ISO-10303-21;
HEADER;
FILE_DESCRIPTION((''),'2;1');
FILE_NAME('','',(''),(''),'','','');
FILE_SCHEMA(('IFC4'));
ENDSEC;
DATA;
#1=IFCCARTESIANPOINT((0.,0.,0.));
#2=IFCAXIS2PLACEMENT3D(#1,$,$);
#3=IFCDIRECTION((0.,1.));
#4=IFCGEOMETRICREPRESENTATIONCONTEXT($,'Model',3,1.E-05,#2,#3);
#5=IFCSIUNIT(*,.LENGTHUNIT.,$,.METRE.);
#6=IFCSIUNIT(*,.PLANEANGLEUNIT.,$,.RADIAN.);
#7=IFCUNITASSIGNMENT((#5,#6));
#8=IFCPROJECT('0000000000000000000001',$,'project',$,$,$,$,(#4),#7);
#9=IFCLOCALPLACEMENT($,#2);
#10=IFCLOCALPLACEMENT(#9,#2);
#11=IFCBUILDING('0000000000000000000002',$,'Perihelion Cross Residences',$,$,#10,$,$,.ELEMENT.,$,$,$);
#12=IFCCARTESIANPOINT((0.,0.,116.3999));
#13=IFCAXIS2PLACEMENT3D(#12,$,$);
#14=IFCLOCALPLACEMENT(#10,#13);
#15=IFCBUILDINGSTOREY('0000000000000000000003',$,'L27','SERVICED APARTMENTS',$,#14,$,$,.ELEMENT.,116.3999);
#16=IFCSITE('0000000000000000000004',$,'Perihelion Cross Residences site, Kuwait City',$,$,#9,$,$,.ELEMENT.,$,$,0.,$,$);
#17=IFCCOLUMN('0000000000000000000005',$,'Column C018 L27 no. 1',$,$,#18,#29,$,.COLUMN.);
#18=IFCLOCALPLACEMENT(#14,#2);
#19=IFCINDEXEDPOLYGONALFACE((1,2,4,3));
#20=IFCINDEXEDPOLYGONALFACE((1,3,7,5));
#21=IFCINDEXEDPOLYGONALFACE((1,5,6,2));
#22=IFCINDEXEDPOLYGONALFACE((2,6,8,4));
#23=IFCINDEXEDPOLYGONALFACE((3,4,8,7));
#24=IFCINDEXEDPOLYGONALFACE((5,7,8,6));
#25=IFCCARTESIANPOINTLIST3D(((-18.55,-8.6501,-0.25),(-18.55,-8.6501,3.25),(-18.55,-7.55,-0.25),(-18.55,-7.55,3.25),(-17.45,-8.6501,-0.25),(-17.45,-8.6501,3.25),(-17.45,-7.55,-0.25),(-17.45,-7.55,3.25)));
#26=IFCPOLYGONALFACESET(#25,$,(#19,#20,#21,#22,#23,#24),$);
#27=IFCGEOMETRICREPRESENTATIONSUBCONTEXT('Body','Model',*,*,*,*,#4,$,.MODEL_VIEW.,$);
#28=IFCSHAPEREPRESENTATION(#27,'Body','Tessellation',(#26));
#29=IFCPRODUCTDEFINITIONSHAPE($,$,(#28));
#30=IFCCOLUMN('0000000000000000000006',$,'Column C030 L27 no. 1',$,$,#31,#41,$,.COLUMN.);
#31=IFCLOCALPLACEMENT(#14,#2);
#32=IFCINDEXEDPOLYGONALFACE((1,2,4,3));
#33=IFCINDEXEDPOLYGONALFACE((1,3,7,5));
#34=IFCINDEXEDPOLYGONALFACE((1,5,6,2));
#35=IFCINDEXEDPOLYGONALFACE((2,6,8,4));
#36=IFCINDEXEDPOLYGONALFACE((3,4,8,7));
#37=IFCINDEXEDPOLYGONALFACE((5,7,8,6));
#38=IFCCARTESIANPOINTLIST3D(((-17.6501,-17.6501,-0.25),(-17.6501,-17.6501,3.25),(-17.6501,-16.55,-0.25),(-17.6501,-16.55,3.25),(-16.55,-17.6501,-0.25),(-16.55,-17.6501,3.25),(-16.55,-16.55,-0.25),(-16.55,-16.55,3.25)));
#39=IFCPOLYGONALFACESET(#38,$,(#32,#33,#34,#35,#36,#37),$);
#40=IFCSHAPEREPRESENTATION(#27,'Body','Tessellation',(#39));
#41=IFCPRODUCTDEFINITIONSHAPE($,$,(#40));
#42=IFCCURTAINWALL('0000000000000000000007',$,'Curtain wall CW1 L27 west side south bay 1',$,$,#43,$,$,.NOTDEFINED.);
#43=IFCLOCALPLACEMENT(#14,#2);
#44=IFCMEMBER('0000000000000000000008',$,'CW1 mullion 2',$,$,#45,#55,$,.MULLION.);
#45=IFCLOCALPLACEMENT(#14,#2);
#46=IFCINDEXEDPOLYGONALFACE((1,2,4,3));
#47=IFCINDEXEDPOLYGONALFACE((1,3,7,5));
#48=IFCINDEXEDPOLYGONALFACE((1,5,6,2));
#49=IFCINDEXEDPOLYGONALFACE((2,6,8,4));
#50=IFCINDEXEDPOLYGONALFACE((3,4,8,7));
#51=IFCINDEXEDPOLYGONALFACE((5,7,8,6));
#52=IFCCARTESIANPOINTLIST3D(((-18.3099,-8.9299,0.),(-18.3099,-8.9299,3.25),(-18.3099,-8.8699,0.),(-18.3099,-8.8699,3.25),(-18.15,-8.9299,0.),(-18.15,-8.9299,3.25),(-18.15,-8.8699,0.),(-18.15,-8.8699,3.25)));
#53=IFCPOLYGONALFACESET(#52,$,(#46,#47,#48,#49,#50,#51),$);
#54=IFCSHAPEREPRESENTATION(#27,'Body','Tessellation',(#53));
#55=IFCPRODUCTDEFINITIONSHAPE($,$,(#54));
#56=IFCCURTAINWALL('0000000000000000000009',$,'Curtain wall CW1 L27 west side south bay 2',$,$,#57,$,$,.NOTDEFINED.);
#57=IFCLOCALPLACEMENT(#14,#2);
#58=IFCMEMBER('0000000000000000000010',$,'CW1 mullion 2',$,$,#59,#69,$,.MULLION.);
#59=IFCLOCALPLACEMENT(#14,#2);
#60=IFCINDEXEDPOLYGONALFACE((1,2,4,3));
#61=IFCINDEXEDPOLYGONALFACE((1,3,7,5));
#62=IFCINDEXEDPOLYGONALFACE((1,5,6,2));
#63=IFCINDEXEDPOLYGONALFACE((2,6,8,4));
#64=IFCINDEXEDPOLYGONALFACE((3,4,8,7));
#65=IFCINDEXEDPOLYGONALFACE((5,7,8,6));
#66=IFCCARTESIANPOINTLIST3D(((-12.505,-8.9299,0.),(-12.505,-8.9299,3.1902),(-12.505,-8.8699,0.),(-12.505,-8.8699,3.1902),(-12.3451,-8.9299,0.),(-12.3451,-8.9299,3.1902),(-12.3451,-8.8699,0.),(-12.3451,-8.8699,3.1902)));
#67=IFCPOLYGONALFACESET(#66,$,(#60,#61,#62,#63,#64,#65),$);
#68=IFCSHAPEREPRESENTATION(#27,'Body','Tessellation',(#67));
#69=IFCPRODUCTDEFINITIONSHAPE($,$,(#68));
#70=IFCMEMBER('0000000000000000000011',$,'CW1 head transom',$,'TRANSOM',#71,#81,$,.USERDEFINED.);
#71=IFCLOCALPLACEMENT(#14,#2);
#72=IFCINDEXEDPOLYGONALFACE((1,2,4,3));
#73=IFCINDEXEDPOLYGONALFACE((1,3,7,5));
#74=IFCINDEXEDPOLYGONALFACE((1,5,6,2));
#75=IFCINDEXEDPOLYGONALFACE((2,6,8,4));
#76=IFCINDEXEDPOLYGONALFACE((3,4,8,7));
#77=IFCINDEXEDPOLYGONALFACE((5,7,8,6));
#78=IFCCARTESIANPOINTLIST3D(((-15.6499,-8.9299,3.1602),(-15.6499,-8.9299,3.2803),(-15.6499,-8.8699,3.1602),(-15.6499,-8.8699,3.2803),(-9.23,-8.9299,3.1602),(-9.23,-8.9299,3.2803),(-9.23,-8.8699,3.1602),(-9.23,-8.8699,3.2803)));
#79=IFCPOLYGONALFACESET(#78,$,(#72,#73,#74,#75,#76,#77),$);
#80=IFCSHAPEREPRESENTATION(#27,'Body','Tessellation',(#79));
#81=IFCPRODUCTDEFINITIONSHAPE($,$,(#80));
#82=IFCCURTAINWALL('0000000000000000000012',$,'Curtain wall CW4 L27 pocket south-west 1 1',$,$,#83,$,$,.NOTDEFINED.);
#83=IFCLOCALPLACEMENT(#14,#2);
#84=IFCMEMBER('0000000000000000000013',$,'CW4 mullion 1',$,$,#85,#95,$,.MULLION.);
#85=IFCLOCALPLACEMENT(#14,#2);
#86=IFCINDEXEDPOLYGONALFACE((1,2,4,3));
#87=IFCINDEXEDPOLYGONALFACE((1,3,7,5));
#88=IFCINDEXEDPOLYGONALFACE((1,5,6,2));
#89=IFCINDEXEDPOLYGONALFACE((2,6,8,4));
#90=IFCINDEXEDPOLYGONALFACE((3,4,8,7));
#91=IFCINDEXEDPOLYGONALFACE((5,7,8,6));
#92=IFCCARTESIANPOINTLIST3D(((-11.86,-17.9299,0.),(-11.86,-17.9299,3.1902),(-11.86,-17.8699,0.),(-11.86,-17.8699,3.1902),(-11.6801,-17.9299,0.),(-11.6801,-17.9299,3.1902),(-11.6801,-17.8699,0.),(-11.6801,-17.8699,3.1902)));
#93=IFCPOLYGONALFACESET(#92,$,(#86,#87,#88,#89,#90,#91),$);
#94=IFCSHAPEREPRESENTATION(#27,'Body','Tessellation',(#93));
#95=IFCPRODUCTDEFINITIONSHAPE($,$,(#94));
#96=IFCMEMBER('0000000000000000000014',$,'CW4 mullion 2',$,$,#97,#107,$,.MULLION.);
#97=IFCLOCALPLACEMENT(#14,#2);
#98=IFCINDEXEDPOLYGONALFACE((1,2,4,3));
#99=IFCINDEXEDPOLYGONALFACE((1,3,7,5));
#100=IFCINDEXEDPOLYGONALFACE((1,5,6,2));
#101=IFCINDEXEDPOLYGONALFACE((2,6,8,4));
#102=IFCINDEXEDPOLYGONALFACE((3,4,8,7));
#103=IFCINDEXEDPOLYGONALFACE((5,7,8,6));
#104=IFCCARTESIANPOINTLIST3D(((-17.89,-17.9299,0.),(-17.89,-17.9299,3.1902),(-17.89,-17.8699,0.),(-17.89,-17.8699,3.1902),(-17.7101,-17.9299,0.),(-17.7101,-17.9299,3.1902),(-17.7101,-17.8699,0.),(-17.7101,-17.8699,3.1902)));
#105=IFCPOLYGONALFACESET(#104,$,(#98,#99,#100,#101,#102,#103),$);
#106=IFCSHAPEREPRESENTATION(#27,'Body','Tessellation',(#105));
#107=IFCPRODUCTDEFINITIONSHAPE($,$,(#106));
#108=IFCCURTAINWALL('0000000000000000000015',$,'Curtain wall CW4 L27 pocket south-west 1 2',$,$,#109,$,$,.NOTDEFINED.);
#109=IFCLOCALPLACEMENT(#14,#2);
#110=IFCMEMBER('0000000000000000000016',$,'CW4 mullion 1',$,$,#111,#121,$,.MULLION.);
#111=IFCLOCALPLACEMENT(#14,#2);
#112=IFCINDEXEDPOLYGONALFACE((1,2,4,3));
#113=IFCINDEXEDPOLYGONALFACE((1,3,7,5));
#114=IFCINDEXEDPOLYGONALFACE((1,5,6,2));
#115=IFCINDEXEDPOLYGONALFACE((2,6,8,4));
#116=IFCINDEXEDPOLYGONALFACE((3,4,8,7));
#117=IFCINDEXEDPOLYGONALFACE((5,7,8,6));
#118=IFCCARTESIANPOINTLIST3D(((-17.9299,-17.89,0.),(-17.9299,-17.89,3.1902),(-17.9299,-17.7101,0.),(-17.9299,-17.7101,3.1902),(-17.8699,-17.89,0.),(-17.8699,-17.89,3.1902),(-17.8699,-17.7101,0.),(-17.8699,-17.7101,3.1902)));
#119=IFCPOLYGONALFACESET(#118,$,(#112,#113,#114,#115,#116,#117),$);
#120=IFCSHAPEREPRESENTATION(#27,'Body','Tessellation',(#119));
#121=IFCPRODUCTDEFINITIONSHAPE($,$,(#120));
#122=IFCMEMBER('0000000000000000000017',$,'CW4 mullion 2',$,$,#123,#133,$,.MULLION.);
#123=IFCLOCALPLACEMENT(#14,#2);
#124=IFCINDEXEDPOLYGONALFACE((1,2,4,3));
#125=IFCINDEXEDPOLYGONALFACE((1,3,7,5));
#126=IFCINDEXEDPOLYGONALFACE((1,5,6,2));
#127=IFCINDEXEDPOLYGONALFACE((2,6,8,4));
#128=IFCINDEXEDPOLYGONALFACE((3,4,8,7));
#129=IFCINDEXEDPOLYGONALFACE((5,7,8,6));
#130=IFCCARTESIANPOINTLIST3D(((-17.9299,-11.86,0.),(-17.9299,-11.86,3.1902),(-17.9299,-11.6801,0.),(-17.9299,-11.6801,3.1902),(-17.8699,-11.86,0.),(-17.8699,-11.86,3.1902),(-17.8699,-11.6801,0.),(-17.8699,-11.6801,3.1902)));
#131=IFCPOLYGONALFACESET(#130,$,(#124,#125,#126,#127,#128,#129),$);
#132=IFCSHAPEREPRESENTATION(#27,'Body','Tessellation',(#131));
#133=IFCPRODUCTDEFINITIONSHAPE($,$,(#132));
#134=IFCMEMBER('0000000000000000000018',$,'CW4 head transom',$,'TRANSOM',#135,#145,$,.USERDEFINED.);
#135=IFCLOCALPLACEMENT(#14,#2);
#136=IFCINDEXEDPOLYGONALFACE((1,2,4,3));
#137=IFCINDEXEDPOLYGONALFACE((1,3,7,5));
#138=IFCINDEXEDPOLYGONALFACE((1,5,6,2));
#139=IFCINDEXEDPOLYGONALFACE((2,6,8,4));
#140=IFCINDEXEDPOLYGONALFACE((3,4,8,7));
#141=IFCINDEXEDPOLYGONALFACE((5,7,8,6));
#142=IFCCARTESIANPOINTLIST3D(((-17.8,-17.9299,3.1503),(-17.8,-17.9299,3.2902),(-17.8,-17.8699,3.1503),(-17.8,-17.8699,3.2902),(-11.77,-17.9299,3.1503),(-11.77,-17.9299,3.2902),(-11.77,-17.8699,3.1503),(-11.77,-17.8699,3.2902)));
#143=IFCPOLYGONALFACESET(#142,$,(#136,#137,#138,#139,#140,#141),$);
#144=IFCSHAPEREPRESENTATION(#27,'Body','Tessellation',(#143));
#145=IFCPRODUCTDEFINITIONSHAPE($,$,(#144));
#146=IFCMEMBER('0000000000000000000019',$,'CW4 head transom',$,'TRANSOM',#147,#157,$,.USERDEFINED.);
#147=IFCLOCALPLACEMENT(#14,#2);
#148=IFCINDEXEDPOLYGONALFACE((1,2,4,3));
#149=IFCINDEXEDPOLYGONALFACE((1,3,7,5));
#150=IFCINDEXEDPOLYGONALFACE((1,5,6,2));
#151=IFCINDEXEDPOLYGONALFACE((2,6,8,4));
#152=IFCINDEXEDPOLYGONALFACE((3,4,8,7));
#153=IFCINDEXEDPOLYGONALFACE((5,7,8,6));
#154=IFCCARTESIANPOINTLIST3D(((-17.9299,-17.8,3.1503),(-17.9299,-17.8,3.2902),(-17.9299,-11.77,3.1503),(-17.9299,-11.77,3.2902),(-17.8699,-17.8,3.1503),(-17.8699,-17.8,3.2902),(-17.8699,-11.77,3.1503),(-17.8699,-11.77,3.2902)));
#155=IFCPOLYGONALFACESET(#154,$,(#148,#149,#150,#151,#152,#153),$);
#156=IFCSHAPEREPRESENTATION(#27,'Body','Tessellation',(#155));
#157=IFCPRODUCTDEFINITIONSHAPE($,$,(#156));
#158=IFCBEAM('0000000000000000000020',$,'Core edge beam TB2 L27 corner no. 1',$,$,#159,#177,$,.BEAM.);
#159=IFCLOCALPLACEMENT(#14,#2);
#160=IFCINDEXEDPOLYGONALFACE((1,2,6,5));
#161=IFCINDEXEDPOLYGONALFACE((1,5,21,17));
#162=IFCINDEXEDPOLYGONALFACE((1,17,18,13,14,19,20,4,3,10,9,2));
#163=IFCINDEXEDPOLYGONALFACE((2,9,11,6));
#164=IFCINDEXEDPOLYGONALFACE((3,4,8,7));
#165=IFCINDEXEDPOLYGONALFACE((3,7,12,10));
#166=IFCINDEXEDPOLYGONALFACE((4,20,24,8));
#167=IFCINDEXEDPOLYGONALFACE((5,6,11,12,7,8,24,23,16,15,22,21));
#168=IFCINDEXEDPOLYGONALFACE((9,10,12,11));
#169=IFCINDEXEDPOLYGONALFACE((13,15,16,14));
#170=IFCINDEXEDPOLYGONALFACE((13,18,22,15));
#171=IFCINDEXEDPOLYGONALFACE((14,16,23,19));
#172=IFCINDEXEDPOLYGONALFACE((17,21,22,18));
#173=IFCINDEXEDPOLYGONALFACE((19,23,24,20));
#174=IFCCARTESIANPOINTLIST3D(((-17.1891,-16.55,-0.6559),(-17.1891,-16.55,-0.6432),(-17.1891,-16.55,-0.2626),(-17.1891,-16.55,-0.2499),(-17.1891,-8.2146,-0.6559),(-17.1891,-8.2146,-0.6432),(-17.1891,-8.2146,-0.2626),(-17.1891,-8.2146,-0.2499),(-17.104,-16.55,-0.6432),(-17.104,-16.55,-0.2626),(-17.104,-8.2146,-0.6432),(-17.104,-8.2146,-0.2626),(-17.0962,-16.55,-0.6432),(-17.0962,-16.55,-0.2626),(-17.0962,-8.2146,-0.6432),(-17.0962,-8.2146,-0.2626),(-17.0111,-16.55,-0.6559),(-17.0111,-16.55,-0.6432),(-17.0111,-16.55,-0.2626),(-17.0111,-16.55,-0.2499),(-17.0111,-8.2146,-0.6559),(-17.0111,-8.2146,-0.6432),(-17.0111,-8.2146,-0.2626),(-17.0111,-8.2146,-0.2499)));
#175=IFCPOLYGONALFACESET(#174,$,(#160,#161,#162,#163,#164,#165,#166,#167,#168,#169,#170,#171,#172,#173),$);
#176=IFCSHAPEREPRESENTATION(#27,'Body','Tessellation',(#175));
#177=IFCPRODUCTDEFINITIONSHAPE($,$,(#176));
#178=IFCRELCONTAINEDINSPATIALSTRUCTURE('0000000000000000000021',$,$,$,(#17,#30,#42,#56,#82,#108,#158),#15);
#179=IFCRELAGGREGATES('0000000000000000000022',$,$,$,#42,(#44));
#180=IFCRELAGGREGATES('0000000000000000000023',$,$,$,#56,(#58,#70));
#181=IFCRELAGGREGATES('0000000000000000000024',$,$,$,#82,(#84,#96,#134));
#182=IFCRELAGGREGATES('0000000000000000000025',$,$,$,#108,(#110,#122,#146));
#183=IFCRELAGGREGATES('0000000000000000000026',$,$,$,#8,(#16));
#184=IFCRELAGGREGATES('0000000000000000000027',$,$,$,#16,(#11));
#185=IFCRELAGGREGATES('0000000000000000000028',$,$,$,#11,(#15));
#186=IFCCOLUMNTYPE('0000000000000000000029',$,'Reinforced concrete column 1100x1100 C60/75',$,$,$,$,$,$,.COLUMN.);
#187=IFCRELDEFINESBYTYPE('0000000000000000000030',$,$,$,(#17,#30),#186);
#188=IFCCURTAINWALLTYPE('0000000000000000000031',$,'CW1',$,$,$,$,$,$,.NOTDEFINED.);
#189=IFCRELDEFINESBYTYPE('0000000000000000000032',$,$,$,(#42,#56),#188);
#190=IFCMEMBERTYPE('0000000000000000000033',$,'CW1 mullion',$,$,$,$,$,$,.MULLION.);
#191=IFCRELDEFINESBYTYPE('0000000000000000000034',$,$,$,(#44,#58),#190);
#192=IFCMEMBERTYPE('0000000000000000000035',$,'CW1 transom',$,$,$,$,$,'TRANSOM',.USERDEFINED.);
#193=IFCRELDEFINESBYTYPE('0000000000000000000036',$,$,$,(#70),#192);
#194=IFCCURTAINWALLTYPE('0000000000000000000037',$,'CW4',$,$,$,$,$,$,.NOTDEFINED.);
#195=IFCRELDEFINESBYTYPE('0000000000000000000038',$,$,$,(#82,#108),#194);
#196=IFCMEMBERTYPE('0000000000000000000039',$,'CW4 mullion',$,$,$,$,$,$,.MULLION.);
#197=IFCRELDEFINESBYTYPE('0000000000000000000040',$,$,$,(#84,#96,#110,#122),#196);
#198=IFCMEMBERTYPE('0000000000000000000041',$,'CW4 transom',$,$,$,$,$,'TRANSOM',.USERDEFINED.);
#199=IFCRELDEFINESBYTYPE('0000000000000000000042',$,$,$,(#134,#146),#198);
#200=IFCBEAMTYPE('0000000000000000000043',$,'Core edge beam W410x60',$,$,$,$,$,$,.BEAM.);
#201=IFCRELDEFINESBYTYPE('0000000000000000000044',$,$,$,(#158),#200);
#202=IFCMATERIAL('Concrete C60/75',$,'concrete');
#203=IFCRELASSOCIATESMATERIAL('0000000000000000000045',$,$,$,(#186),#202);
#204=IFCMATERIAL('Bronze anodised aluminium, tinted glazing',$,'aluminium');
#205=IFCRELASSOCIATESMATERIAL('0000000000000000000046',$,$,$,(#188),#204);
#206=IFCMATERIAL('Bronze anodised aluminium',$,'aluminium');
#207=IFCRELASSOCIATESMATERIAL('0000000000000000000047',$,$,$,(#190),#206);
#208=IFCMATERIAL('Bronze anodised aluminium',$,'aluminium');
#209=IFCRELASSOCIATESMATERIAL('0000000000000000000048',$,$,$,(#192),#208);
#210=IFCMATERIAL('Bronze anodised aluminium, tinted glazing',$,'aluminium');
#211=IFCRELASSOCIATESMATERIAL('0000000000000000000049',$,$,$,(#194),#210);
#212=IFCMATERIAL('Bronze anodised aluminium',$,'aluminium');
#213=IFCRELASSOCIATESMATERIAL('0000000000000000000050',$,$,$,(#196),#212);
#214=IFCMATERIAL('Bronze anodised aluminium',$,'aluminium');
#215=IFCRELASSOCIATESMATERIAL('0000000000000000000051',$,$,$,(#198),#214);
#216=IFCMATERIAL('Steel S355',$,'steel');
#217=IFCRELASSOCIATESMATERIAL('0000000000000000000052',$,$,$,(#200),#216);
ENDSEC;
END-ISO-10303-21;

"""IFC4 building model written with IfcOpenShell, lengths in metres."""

from ifc_helpers import new_model, si_unit, direction, frame, origin, origin_2d, place, context, subcontext, project, spatial, rectangle, i_section, extrude, material, material_profile, profile_set, type_object, element, aggregate, save


model = new_model("IFC4")

# Units and contexts
model_context = context("Model", 3, precision=1e-05, world=origin(), true_north=direction((0.0, 1.0)))
body_context = subcontext(model_context, "Body", "Model", "MODEL_VIEW")
ifc_project = project(units=[si_unit("LENGTHUNIT", "METRE"), si_unit("PLANEANGLEUNIT", "RADIAN")], contexts=[model_context])

# Site, building, storey
site_placement = place(None, origin())
site = spatial("IfcSite", under=ifc_project, at=site_placement, Name="Perihelion Cross Residences site, Kuwait City", CompositionType="ELEMENT", RefElevation=0.0)
building_placement = place(site_placement, origin())
building = spatial("IfcBuilding", under=site, at=building_placement, Name="Perihelion Cross Residences", CompositionType="ELEMENT")
storey_placement = place(building_placement, frame((0.0, 0.0, 116.3999)))
storey = spatial("IfcBuildingStorey", under=building, at=storey_placement, Name="L27", Description="SERVICED APARTMENTS", CompositionType="ELEMENT", Elevation=116.3999)

# Columns
ifc_material_1 = material(Name="Concrete C60/75", Category="concrete")
ifc_material_profile_1 = material_profile(ifc_material_1, rectangle(XDim=1.1001, YDim=1.1001, at=origin_2d()), Name="RC 1100x1100")
ifc_profile_set_1 = profile_set([ifc_material_profile_1], Name="Concrete C60/75")
column_type = type_object("IfcColumnType", Name="Reinforced concrete column 1100x1100 C60/75", PredefinedType="COLUMN", material=ifc_profile_set_1)
for number, where, z_axis, x_axis, name in (
    (1, (-18.0, -8.1001, -0.25), (0.0, 0.0, 1.0), (1.0, 0.0, 0.0), "Column C018 L27 no. 1"),
    (2, (-17.1001, -17.1001, -0.25), (0.0, 0.0, 1.0), (1.0, 0.0, 0.0), "Column C030 L27 no. 1"),
):
    element("IfcColumn", number, at=place(storey_placement, frame(where, z_axis=z_axis, x_axis=x_axis)), inside=storey, type_object=column_type, Name=name, PredefinedType="COLUMN", context=body_context, shape_type="SweptSolid", body=[
        extrude(rectangle(XDim=1.1001, YDim=1.1001, at=origin_2d()), origin(), (0.0, 0.0, 1.0), 3.5),
    ])

# Curtain wall, member
ifc_material_2 = material(Name="Bronze anodised aluminium, tinted glazing", Category="aluminium")
curtain_wall_type_1 = type_object("IfcCurtainWallType", Name="CW1", PredefinedType="NOTDEFINED", material=ifc_material_2)
curtain_wall_1_placement = place(storey_placement, origin())
curtain_wall_1 = element("IfcCurtainWall", 3, at=curtain_wall_1_placement, inside=storey, type_object=curtain_wall_type_1, Name="Curtain wall CW1 L27 west side south bay 1", PredefinedType="NOTDEFINED")
ifc_material_3 = material(Name="Bronze anodised aluminium", Category="aluminium")
ifc_material_profile_2 = material_profile(ifc_material_3, rectangle(XDim=0.0601, YDim=0.1599, at=origin_2d()), Name="CW1 mullion")
ifc_profile_set_2 = profile_set([ifc_material_profile_2], Name="Bronze anodised aluminium")
member_type_1 = type_object("IfcMemberType", Name="CW1 mullion", PredefinedType="MULLION", material=ifc_profile_set_2)
member_1_placement = place(storey_placement, frame((-18.23, -8.8999, 0.0), z_axis=(0.0, 0.0, 1.0), x_axis=(0.0, 1.0, 0.0)))
member_1 = element("IfcMember", 4, at=member_1_placement, type_object=member_type_1, Name="CW1 mullion 2", PredefinedType="MULLION", context=body_context, shape_type="SweptSolid", body=[
    extrude(rectangle(XDim=0.0601, YDim=0.1599, at=origin_2d()), origin(), (0.0, 0.0, 1.0), 3.25),
])
aggregate(curtain_wall_1, [member_1])

# Curtain walls, members
curtain_wall_2_placement = place(storey_placement, origin())
curtain_wall_2 = element("IfcCurtainWall", 5, at=curtain_wall_2_placement, inside=storey, type_object=curtain_wall_type_1, Name="Curtain wall CW1 L27 west side south bay 2", PredefinedType="NOTDEFINED")
member_2_placement = place(storey_placement, frame((-12.425, -8.8999, 0.0), z_axis=(0.0, 0.0, 1.0), x_axis=(0.0, 1.0, 0.0)))
member_2 = element("IfcMember", 6, at=member_2_placement, type_object=member_type_1, Name="CW1 mullion 2", PredefinedType="MULLION", context=body_context, shape_type="SweptSolid", body=[
    extrude(rectangle(XDim=0.0601, YDim=0.1599, at=origin_2d()), origin(), (0.0, 0.0, 1.0), 3.1902),
])
ifc_material_4 = material(Name="Bronze anodised aluminium", Category="aluminium")
ifc_material_profile_3 = material_profile(ifc_material_4, rectangle(XDim=0.0601, YDim=0.1201, at=origin_2d()), Name="CW1 transom")
ifc_profile_set_3 = profile_set([ifc_material_profile_3], Name="Bronze anodised aluminium")
member_type_2 = type_object("IfcMemberType", Name="CW1 transom", ElementType="TRANSOM", PredefinedType="USERDEFINED", material=ifc_profile_set_3)
member_3_placement = place(storey_placement, frame((-15.6499, -8.8999, 3.2202), z_axis=(1.0, 0.0, 0.0), x_axis=(0.0, 1.0, 0.0)))
member_3 = element("IfcMember", 7, at=member_3_placement, type_object=member_type_2, Name="CW1 head transom", ObjectType="TRANSOM", PredefinedType="USERDEFINED", context=body_context, shape_type="SweptSolid", body=[
    extrude(rectangle(XDim=0.0601, YDim=0.1201, at=origin_2d()), origin(), (0.0, 0.0, 1.0), 6.4199),
])
ifc_material_5 = material(Name="Bronze anodised aluminium, tinted glazing", Category="aluminium")
curtain_wall_type_2 = type_object("IfcCurtainWallType", Name="CW4", PredefinedType="NOTDEFINED", material=ifc_material_5)
curtain_wall_3_placement = place(storey_placement, origin())
curtain_wall_3 = element("IfcCurtainWall", 8, at=curtain_wall_3_placement, inside=storey, type_object=curtain_wall_type_2, Name="Curtain wall CW4 L27 pocket south-west 1 1", PredefinedType="NOTDEFINED")
ifc_material_6 = material(Name="Bronze anodised aluminium", Category="aluminium")
ifc_material_profile_4 = material_profile(ifc_material_6, rectangle(XDim=0.0601, YDim=0.1799, at=origin_2d()), Name="CW4 mullion")
ifc_profile_set_4 = profile_set([ifc_material_profile_4], Name="Bronze anodised aluminium")
member_type_3 = type_object("IfcMemberType", Name="CW4 mullion", PredefinedType="MULLION", material=ifc_profile_set_4)
member_4_placement = place(storey_placement, frame((-11.77, -17.8999, 0.0), z_axis=(0.0, 0.0, 1.0), x_axis=(0.0, -1.0, 0.0)))
member_4 = element("IfcMember", 9, at=member_4_placement, type_object=member_type_3, Name="CW4 mullion 1", PredefinedType="MULLION", context=body_context, shape_type="SweptSolid", body=[
    extrude(rectangle(XDim=0.0601, YDim=0.1799, at=origin_2d()), origin(), (0.0, 0.0, 1.0), 3.1902),
])
member_5_placement = place(storey_placement, frame((-17.8, -17.8999, 0.0), z_axis=(0.0, 0.0, 1.0), x_axis=(0.0, -1.0, 0.0)))
member_5 = element("IfcMember", 10, at=member_5_placement, type_object=member_type_3, Name="CW4 mullion 2", PredefinedType="MULLION", context=body_context, shape_type="SweptSolid", body=[
    extrude(rectangle(XDim=0.0601, YDim=0.1799, at=origin_2d()), origin(), (0.0, 0.0, 1.0), 3.1902),
])
curtain_wall_4_placement = place(storey_placement, origin())
curtain_wall_4 = element("IfcCurtainWall", 11, at=curtain_wall_4_placement, inside=storey, type_object=curtain_wall_type_2, Name="Curtain wall CW4 L27 pocket south-west 1 2", PredefinedType="NOTDEFINED")
member_6_placement = place(storey_placement, frame((-17.8999, -17.8, 0.0), z_axis=(0.0, 0.0, 1.0), x_axis=(-1.0, 0.0, 0.0)))
member_6 = element("IfcMember", 12, at=member_6_placement, type_object=member_type_3, Name="CW4 mullion 1", PredefinedType="MULLION", context=body_context, shape_type="SweptSolid", body=[
    extrude(rectangle(XDim=0.0601, YDim=0.1799, at=origin_2d()), origin(), (0.0, 0.0, 1.0), 3.1902),
])
member_7_placement = place(storey_placement, frame((-17.8999, -11.77, 0.0), z_axis=(0.0, 0.0, 1.0), x_axis=(-1.0, 0.0, 0.0)))
member_7 = element("IfcMember", 13, at=member_7_placement, type_object=member_type_3, Name="CW4 mullion 2", PredefinedType="MULLION", context=body_context, shape_type="SweptSolid", body=[
    extrude(rectangle(XDim=0.0601, YDim=0.1799, at=origin_2d()), origin(), (0.0, 0.0, 1.0), 3.1902),
])

# Members
ifc_material_7 = material(Name="Bronze anodised aluminium", Category="aluminium")
ifc_material_profile_5 = material_profile(ifc_material_7, rectangle(XDim=0.0601, YDim=0.1399, at=origin_2d()), Name="CW4 transom")
ifc_profile_set_5 = profile_set([ifc_material_profile_5], Name="Bronze anodised aluminium")
member_type_4 = type_object("IfcMemberType", Name="CW4 transom", ElementType="TRANSOM", PredefinedType="USERDEFINED", material=ifc_profile_set_5)
member_8_placement = place(storey_placement, frame((-11.77, -17.8999, 3.2202), z_axis=(-1.0, 0.0, 0.0), x_axis=(0.0, -1.0, 0.0)))
member_8 = element("IfcMember", 14, at=member_8_placement, type_object=member_type_4, Name="CW4 head transom", ObjectType="TRANSOM", PredefinedType="USERDEFINED", context=body_context, shape_type="SweptSolid", body=[
    extrude(rectangle(XDim=0.0601, YDim=0.1399, at=origin_2d()), origin(), (0.0, 0.0, 1.0), 6.03),
])
member_9_placement = place(storey_placement, frame((-17.8999, -17.8, 3.2202), z_axis=(0.0, 1.0, 0.0), x_axis=(-1.0, 0.0, 0.0)))
member_9 = element("IfcMember", 15, at=member_9_placement, type_object=member_type_4, Name="CW4 head transom", ObjectType="TRANSOM", PredefinedType="USERDEFINED", context=body_context, shape_type="SweptSolid", body=[
    extrude(rectangle(XDim=0.0601, YDim=0.1399, at=origin_2d()), origin(), (0.0, 0.0, 1.0), 6.03),
])

# Beam
ifc_material_8 = material(Name="Steel S355", Category="steel")
ifc_material_profile_6 = material_profile(ifc_material_8, i_section(OverallWidth=0.178, OverallDepth=0.406, WebThickness=0.0078, FlangeThickness=0.0127, at=origin_2d()), Name="W410x60")
ifc_profile_set_6 = profile_set([ifc_material_profile_6], Name="Steel S355")
beam_type_1 = type_object("IfcBeamType", Name="Core edge beam W410x60", PredefinedType="BEAM", material=ifc_profile_set_6)
beam_1_placement = place(storey_placement, frame((-17.1001, -8.2146, -0.4529), z_axis=(0.0, -1.0, 0.0), x_axis=(1.0, 0.0, 0.0)))
element("IfcBeam", 16, at=beam_1_placement, inside=storey, type_object=beam_type_1, Name="Core edge beam TB2 L27 corner no. 1", PredefinedType="BEAM", context=body_context, shape_type="SweptSolid", body=[
    extrude(i_section(OverallWidth=0.178, OverallDepth=0.406, WebThickness=0.0078, FlangeThickness=0.0127, at=origin_2d()), origin(), (0.0, 0.0, 1.0), 8.3354),
])

aggregate(curtain_wall_2, [member_2, member_3])
aggregate(curtain_wall_3, [member_4, member_5, member_8])
aggregate(curtain_wall_4, [member_6, member_7, member_9])

save(model, "model.ifc")
